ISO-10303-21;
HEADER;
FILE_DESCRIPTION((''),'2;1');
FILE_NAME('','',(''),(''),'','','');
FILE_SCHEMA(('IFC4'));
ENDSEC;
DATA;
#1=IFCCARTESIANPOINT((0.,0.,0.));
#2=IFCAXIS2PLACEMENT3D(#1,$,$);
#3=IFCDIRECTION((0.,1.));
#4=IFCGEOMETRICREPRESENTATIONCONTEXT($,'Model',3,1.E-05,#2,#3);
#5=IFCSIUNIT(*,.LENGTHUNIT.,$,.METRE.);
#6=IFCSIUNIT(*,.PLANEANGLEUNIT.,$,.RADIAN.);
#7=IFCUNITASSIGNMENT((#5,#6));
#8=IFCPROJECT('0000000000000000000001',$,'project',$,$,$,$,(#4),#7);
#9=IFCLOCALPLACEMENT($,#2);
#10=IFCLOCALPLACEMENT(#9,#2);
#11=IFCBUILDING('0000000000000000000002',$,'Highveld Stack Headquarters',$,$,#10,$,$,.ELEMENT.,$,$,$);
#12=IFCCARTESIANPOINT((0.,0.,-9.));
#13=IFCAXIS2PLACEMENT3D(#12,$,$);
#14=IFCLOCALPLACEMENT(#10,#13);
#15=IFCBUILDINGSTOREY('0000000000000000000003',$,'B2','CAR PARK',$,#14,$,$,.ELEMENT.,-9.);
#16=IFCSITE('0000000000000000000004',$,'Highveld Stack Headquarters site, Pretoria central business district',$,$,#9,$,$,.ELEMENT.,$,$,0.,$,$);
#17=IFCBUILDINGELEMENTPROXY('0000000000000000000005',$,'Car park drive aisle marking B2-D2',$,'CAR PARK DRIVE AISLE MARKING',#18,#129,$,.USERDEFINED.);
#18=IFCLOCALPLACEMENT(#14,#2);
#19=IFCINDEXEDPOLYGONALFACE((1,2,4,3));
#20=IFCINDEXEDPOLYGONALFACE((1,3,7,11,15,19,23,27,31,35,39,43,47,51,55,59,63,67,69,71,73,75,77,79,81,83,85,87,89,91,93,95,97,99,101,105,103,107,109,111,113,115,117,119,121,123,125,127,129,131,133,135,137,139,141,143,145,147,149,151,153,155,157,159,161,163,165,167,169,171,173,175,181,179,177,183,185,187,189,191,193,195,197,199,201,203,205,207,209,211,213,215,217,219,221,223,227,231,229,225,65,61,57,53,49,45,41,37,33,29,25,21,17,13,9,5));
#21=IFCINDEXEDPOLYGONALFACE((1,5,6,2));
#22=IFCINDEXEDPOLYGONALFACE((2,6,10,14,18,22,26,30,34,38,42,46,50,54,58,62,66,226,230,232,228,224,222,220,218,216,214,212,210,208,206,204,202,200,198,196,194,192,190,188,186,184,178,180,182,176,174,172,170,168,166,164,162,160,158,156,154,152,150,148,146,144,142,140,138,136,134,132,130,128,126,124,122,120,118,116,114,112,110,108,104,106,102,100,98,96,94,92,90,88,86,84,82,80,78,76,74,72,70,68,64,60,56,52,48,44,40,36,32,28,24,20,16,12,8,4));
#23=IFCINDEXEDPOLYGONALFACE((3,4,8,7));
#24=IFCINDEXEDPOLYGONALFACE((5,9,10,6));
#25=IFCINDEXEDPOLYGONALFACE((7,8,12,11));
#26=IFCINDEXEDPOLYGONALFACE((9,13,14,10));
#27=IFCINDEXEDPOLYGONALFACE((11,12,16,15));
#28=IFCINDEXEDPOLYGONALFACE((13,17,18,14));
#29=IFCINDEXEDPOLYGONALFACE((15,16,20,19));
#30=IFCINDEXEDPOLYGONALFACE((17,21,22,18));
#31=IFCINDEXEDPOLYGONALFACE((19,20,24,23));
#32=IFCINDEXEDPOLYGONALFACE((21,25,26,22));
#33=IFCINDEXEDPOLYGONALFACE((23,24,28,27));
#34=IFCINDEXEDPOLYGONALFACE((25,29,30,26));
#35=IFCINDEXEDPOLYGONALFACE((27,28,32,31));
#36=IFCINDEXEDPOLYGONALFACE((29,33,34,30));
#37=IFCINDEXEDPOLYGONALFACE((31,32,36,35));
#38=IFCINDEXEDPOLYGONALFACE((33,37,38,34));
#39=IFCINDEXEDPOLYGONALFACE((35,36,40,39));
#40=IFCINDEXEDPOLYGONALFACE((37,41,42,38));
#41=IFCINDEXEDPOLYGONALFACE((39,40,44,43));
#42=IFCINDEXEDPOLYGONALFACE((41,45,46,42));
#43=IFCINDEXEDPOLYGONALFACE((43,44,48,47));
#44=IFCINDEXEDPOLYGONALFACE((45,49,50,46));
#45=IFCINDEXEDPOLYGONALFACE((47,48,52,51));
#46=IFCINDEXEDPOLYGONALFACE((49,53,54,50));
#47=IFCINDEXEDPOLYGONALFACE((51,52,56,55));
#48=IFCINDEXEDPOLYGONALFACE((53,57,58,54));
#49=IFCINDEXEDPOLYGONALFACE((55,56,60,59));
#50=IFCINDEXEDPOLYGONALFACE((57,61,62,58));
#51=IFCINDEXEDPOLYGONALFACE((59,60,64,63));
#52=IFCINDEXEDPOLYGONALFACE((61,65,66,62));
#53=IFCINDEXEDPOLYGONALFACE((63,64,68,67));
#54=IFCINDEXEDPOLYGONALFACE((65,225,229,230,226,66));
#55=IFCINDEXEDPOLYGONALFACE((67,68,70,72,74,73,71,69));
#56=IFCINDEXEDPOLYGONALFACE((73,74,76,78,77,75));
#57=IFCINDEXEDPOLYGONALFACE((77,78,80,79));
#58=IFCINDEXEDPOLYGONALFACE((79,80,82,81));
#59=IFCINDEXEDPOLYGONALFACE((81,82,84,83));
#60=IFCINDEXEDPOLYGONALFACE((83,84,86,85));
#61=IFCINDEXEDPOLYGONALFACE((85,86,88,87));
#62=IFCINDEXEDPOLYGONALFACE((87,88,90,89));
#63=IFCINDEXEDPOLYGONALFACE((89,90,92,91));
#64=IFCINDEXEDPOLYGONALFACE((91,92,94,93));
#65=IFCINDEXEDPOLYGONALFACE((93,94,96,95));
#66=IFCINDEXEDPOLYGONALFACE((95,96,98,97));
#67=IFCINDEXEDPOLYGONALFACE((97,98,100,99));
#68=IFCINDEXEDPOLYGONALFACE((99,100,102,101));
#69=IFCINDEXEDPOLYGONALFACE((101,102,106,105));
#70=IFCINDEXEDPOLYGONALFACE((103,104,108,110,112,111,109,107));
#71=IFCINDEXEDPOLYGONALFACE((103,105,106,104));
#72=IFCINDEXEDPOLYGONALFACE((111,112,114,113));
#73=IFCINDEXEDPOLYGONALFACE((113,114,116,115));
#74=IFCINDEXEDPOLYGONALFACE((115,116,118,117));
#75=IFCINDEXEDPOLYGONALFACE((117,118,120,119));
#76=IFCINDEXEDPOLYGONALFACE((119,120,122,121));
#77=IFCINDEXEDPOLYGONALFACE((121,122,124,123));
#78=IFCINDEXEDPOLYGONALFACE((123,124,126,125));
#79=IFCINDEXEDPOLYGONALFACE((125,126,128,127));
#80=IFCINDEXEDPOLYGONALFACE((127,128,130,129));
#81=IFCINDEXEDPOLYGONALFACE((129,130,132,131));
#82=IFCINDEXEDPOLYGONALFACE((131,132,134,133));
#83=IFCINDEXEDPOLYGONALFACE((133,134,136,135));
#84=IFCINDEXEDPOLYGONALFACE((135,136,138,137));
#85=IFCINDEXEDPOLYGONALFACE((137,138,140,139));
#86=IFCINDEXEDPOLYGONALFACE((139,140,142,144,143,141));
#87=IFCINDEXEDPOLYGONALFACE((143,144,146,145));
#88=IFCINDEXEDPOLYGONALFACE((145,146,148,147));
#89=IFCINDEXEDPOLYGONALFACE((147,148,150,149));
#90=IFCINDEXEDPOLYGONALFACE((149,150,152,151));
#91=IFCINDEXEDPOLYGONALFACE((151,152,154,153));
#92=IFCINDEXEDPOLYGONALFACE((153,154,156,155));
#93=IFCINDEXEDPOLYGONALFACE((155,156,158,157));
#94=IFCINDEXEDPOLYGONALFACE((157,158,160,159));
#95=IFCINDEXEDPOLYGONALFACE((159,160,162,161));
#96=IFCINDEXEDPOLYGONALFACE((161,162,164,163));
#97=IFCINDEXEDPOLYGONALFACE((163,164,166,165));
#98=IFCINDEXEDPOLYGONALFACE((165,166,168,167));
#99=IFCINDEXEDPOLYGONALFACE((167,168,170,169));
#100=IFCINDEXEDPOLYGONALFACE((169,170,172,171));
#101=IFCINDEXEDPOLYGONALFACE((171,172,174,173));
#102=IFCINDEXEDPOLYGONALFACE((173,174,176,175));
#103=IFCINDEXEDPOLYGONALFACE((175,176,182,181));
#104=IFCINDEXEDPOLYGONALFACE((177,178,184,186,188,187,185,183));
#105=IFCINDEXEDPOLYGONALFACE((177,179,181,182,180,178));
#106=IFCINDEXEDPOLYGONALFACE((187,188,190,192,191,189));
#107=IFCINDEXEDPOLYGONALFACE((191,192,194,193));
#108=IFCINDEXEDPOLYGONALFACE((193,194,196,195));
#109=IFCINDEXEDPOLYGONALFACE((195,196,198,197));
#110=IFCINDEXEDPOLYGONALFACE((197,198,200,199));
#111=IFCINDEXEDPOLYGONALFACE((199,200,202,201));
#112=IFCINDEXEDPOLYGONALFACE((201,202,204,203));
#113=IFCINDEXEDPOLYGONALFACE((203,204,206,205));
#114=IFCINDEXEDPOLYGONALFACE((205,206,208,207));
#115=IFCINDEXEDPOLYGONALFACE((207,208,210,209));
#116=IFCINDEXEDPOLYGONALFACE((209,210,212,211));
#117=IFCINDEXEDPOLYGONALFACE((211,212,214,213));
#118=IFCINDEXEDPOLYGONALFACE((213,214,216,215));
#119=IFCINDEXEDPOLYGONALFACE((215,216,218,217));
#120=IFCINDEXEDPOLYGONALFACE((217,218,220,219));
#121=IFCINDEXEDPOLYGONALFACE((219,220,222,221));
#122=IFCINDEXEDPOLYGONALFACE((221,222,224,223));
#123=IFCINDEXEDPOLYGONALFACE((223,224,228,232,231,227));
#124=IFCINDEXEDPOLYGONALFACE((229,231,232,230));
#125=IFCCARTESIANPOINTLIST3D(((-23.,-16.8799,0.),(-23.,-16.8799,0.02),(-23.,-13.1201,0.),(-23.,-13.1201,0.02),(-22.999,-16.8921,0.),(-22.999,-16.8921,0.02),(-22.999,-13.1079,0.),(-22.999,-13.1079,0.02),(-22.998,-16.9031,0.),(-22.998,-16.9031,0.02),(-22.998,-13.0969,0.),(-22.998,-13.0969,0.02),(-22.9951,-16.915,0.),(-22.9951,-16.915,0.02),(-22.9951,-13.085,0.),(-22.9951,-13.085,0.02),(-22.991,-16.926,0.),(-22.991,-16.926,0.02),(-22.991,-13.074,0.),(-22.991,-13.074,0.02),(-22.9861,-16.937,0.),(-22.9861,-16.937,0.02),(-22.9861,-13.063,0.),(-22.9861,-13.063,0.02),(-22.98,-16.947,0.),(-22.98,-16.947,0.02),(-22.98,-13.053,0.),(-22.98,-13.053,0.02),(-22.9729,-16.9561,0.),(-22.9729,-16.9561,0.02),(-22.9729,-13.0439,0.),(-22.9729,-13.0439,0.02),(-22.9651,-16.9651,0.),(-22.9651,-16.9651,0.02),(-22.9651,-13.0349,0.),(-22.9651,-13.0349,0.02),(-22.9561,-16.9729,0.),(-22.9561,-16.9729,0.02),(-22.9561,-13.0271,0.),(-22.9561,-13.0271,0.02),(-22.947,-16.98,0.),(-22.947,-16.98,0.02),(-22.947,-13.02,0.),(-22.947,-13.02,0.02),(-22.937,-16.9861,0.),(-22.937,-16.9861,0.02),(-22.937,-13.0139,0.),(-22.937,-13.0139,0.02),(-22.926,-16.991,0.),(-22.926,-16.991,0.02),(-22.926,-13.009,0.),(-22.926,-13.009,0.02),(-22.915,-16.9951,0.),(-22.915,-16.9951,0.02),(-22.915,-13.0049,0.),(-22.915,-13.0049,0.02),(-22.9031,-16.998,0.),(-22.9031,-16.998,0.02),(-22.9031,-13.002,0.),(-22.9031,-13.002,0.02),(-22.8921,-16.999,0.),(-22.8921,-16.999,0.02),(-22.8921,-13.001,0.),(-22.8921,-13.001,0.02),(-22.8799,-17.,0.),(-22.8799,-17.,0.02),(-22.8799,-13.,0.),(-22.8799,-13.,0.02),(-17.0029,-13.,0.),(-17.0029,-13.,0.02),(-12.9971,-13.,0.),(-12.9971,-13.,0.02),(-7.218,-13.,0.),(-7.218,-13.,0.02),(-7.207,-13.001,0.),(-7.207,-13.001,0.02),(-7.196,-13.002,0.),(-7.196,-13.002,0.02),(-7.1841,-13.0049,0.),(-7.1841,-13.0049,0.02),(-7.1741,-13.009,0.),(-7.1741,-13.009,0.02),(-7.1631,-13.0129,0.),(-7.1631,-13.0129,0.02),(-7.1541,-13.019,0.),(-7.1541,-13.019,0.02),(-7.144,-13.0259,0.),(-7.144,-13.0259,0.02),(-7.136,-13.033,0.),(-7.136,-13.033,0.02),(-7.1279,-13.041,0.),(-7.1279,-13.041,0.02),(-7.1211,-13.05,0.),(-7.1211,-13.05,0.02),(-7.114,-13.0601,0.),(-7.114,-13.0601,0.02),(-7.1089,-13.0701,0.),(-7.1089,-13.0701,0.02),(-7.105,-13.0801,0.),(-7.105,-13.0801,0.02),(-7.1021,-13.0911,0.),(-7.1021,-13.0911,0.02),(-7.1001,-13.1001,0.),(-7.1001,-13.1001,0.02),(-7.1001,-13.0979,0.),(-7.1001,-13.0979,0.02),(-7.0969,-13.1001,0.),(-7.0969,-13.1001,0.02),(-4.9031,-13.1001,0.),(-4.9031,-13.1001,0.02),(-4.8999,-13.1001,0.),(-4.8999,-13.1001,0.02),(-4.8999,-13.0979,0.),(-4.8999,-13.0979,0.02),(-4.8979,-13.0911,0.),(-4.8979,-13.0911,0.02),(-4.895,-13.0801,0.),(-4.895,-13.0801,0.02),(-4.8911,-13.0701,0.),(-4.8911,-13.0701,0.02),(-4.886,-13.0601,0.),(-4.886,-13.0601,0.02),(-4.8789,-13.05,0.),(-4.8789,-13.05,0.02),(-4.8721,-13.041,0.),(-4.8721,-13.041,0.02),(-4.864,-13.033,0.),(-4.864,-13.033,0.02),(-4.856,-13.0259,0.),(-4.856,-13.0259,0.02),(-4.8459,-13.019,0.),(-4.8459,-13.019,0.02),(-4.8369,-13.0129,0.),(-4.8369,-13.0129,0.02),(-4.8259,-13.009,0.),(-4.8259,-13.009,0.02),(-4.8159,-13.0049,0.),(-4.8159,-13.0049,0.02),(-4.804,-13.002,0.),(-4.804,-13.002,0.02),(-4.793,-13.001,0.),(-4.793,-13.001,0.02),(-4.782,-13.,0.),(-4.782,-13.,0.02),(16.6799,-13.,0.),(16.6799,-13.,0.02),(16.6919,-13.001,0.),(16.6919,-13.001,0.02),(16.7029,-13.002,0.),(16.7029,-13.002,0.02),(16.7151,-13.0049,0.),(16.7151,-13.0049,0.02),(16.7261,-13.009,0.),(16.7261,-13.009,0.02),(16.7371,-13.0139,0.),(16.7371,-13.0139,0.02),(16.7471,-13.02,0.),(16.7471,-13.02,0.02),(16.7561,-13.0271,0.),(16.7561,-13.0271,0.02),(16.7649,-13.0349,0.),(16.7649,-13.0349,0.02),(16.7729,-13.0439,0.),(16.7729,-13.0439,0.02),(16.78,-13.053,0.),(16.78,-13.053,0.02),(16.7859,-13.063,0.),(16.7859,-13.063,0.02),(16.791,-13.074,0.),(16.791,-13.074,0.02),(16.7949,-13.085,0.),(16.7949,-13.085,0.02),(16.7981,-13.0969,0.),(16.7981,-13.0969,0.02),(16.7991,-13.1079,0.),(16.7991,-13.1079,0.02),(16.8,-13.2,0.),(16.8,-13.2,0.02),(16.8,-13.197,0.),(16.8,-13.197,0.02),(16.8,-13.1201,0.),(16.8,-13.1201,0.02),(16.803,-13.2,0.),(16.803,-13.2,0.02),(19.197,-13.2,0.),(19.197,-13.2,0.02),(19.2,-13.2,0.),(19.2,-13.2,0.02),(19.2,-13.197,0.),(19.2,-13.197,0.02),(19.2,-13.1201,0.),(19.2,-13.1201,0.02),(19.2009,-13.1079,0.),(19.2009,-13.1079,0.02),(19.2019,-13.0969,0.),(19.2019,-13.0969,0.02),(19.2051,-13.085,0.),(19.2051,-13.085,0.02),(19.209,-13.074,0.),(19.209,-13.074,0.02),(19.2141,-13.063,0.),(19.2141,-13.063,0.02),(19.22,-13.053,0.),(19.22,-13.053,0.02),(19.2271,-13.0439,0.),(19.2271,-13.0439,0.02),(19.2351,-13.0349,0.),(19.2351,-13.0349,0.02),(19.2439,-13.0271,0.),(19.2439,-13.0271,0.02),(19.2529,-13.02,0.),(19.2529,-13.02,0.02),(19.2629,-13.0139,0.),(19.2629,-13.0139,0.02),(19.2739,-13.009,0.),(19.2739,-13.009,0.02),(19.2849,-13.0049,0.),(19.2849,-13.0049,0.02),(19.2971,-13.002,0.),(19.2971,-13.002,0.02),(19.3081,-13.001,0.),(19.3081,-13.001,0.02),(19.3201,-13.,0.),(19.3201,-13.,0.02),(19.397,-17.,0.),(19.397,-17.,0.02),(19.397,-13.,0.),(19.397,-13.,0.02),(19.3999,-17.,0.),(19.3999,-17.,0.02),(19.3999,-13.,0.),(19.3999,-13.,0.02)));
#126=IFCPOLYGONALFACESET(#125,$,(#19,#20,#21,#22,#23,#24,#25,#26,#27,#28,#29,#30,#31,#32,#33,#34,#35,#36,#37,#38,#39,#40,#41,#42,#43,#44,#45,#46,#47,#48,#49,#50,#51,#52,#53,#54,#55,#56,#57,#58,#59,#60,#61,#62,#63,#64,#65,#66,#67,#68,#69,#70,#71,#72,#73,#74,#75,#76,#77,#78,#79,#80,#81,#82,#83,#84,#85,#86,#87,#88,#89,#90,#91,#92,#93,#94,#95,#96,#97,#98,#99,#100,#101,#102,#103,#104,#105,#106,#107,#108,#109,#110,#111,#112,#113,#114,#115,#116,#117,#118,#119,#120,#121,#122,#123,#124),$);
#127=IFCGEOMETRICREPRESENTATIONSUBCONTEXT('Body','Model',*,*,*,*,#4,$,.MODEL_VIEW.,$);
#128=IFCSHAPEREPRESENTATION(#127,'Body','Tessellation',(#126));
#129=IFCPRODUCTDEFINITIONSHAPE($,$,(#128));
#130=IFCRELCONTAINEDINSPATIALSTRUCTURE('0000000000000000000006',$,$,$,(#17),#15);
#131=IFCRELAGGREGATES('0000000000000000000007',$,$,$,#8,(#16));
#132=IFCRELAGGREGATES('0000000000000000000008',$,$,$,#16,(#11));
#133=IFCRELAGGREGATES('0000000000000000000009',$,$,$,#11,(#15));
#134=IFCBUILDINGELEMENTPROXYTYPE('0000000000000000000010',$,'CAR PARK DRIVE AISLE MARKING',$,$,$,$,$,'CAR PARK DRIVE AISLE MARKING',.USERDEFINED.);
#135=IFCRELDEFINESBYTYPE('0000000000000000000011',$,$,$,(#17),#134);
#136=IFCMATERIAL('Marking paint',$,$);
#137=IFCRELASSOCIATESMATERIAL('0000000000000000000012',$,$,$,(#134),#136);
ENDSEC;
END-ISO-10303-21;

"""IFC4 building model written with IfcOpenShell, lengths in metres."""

from ifc_helpers import new_model, si_unit, direction, frame, origin, place, context, subcontext, project, spatial, polyline, outline, extrude, material, type_object, element, save


model = new_model("IFC4")

# Units and contexts
model_context = context("Model", 3, precision=1e-05, world=origin(), true_north=direction((0.0, 1.0)))
body_context = subcontext(model_context, "Body", "Model", "MODEL_VIEW")
ifc_project = project(units=[si_unit("LENGTHUNIT", "METRE"), si_unit("PLANEANGLEUNIT", "RADIAN")], contexts=[model_context])

# Site, building, storey
site_placement = place(None, origin())
site = spatial("IfcSite", under=ifc_project, at=site_placement, Name="Highveld Stack Headquarters site, Pretoria central business district", CompositionType="ELEMENT", RefElevation=0.0)
building_placement = place(site_placement, origin())
building = spatial("IfcBuilding", under=site, at=building_placement, Name="Highveld Stack Headquarters", CompositionType="ELEMENT")
storey_placement = place(building_placement, frame((0.0, 0.0, -9.0)))
storey = spatial("IfcBuildingStorey", under=building, at=storey_placement, Name="B2", Description="CAR PARK", CompositionType="ELEMENT", Elevation=-9.0)

# Building element proxy
ifc_material_1 = material(Name="Marking paint")
building_element_proxy_type_1 = type_object("IfcBuildingElementProxyType", Name="CAR PARK DRIVE AISLE MARKING", ElementType="CAR PARK DRIVE AISLE MARKING", PredefinedType="USERDEFINED", material=ifc_material_1)
proxy_1_placement = place(storey_placement, origin())
element("IfcBuildingElementProxy", 1, at=proxy_1_placement, inside=storey, type_object=building_element_proxy_type_1, Name="Car park drive aisle marking B2-D2", ObjectType="CAR PARK DRIVE AISLE MARKING", PredefinedType="USERDEFINED", context=body_context, shape_type="SweptSolid", body=[
    extrude(outline(polyline([(-7.218, -13.0), (-7.207, -13.001), (-7.196, -13.002), (-7.1841, -13.0049), (-7.1741, -13.009), (-7.1631, -13.0129), (-7.1541, -13.019), (-7.144, -13.0259), (-7.136, -13.033), (-7.1279, -13.041), (-7.1211, -13.05), (-7.114, -13.0601), (-7.1089, -13.0701), (-7.105, -13.0801), (-7.1021, -13.0911), (-7.1001, -13.0979), (-7.1001, -13.1001), (-7.0969, -13.1001), (-4.9031, -13.1001), (-4.8999, -13.1001), (-4.8999, -13.0979), (-4.8979, -13.0911), (-4.895, -13.0801), (-4.8911, -13.0701), (-4.886, -13.0601), (-4.8789, -13.05), (-4.8721, -13.041), (-4.864, -13.033), (-4.856, -13.0259), (-4.8459, -13.019), (-4.8369, -13.0129), (-4.8259, -13.009), (-4.8159, -13.0049), (-4.804, -13.002), (-4.793, -13.001), (-4.782, -13.0), (16.6799, -13.0), (16.6919, -13.001), (16.7029, -13.002), (16.7151, -13.0049), (16.7261, -13.009), (16.7371, -13.0139), (16.7471, -13.02), (16.7561, -13.0271), (16.7649, -13.0349), (16.7729, -13.0439), (16.78, -13.053), (16.7859, -13.063), (16.791, -13.074), (16.7949, -13.085), (16.7981, -13.0969), (16.7991, -13.1079), (16.8, -13.1201), (16.8, -13.197), (16.8, -13.2), (16.803, -13.2), (19.197, -13.2), (19.2, -13.2), (19.2, -13.197), (19.2, -13.1201), (19.2009, -13.1079), (19.2019, -13.0969), (19.2051, -13.085), (19.209, -13.074), (19.2141, -13.063), (19.22, -13.053), (19.2271, -13.0439), (19.2351, -13.0349), (19.2439, -13.0271), (19.2529, -13.02), (19.2629, -13.0139), (19.2739, -13.009), (19.2849, -13.0049), (19.2971, -13.002), (19.3081, -13.001), (19.3201, -13.0), (19.397, -13.0), (19.3999, -13.0), (19.3999, -17.0), (19.397, -17.0), (-22.8799, -17.0), (-22.8921, -16.999), (-22.9031, -16.998), (-22.915, -16.9951), (-22.926, -16.991), (-22.937, -16.9861), (-22.947, -16.98), (-22.9561, -16.9729), (-22.9651, -16.9651), (-22.9729, -16.9561), (-22.98, -16.947), (-22.9861, -16.937), (-22.991, -16.926), (-22.9951, -16.915), (-22.998, -16.9031), (-22.999, -16.8921), (-23.0, -16.8799), (-23.0, -13.1201), (-22.999, -13.1079), (-22.998, -13.0969), (-22.9951, -13.085), (-22.991, -13.074), (-22.9861, -13.063), (-22.98, -13.053), (-22.9729, -13.0439), (-22.9651, -13.0349), (-22.9561, -13.0271), (-22.947, -13.02), (-22.937, -13.0139), (-22.926, -13.009), (-22.915, -13.0049), (-22.9031, -13.002), (-22.8921, -13.001), (-22.8799, -13.0), (-17.0029, -13.0), (-12.9971, -13.0), (-7.218, -13.0)])), origin(), (0.0, 0.0, 1.0), 0.02),
])

save(model, "model.ifc")
